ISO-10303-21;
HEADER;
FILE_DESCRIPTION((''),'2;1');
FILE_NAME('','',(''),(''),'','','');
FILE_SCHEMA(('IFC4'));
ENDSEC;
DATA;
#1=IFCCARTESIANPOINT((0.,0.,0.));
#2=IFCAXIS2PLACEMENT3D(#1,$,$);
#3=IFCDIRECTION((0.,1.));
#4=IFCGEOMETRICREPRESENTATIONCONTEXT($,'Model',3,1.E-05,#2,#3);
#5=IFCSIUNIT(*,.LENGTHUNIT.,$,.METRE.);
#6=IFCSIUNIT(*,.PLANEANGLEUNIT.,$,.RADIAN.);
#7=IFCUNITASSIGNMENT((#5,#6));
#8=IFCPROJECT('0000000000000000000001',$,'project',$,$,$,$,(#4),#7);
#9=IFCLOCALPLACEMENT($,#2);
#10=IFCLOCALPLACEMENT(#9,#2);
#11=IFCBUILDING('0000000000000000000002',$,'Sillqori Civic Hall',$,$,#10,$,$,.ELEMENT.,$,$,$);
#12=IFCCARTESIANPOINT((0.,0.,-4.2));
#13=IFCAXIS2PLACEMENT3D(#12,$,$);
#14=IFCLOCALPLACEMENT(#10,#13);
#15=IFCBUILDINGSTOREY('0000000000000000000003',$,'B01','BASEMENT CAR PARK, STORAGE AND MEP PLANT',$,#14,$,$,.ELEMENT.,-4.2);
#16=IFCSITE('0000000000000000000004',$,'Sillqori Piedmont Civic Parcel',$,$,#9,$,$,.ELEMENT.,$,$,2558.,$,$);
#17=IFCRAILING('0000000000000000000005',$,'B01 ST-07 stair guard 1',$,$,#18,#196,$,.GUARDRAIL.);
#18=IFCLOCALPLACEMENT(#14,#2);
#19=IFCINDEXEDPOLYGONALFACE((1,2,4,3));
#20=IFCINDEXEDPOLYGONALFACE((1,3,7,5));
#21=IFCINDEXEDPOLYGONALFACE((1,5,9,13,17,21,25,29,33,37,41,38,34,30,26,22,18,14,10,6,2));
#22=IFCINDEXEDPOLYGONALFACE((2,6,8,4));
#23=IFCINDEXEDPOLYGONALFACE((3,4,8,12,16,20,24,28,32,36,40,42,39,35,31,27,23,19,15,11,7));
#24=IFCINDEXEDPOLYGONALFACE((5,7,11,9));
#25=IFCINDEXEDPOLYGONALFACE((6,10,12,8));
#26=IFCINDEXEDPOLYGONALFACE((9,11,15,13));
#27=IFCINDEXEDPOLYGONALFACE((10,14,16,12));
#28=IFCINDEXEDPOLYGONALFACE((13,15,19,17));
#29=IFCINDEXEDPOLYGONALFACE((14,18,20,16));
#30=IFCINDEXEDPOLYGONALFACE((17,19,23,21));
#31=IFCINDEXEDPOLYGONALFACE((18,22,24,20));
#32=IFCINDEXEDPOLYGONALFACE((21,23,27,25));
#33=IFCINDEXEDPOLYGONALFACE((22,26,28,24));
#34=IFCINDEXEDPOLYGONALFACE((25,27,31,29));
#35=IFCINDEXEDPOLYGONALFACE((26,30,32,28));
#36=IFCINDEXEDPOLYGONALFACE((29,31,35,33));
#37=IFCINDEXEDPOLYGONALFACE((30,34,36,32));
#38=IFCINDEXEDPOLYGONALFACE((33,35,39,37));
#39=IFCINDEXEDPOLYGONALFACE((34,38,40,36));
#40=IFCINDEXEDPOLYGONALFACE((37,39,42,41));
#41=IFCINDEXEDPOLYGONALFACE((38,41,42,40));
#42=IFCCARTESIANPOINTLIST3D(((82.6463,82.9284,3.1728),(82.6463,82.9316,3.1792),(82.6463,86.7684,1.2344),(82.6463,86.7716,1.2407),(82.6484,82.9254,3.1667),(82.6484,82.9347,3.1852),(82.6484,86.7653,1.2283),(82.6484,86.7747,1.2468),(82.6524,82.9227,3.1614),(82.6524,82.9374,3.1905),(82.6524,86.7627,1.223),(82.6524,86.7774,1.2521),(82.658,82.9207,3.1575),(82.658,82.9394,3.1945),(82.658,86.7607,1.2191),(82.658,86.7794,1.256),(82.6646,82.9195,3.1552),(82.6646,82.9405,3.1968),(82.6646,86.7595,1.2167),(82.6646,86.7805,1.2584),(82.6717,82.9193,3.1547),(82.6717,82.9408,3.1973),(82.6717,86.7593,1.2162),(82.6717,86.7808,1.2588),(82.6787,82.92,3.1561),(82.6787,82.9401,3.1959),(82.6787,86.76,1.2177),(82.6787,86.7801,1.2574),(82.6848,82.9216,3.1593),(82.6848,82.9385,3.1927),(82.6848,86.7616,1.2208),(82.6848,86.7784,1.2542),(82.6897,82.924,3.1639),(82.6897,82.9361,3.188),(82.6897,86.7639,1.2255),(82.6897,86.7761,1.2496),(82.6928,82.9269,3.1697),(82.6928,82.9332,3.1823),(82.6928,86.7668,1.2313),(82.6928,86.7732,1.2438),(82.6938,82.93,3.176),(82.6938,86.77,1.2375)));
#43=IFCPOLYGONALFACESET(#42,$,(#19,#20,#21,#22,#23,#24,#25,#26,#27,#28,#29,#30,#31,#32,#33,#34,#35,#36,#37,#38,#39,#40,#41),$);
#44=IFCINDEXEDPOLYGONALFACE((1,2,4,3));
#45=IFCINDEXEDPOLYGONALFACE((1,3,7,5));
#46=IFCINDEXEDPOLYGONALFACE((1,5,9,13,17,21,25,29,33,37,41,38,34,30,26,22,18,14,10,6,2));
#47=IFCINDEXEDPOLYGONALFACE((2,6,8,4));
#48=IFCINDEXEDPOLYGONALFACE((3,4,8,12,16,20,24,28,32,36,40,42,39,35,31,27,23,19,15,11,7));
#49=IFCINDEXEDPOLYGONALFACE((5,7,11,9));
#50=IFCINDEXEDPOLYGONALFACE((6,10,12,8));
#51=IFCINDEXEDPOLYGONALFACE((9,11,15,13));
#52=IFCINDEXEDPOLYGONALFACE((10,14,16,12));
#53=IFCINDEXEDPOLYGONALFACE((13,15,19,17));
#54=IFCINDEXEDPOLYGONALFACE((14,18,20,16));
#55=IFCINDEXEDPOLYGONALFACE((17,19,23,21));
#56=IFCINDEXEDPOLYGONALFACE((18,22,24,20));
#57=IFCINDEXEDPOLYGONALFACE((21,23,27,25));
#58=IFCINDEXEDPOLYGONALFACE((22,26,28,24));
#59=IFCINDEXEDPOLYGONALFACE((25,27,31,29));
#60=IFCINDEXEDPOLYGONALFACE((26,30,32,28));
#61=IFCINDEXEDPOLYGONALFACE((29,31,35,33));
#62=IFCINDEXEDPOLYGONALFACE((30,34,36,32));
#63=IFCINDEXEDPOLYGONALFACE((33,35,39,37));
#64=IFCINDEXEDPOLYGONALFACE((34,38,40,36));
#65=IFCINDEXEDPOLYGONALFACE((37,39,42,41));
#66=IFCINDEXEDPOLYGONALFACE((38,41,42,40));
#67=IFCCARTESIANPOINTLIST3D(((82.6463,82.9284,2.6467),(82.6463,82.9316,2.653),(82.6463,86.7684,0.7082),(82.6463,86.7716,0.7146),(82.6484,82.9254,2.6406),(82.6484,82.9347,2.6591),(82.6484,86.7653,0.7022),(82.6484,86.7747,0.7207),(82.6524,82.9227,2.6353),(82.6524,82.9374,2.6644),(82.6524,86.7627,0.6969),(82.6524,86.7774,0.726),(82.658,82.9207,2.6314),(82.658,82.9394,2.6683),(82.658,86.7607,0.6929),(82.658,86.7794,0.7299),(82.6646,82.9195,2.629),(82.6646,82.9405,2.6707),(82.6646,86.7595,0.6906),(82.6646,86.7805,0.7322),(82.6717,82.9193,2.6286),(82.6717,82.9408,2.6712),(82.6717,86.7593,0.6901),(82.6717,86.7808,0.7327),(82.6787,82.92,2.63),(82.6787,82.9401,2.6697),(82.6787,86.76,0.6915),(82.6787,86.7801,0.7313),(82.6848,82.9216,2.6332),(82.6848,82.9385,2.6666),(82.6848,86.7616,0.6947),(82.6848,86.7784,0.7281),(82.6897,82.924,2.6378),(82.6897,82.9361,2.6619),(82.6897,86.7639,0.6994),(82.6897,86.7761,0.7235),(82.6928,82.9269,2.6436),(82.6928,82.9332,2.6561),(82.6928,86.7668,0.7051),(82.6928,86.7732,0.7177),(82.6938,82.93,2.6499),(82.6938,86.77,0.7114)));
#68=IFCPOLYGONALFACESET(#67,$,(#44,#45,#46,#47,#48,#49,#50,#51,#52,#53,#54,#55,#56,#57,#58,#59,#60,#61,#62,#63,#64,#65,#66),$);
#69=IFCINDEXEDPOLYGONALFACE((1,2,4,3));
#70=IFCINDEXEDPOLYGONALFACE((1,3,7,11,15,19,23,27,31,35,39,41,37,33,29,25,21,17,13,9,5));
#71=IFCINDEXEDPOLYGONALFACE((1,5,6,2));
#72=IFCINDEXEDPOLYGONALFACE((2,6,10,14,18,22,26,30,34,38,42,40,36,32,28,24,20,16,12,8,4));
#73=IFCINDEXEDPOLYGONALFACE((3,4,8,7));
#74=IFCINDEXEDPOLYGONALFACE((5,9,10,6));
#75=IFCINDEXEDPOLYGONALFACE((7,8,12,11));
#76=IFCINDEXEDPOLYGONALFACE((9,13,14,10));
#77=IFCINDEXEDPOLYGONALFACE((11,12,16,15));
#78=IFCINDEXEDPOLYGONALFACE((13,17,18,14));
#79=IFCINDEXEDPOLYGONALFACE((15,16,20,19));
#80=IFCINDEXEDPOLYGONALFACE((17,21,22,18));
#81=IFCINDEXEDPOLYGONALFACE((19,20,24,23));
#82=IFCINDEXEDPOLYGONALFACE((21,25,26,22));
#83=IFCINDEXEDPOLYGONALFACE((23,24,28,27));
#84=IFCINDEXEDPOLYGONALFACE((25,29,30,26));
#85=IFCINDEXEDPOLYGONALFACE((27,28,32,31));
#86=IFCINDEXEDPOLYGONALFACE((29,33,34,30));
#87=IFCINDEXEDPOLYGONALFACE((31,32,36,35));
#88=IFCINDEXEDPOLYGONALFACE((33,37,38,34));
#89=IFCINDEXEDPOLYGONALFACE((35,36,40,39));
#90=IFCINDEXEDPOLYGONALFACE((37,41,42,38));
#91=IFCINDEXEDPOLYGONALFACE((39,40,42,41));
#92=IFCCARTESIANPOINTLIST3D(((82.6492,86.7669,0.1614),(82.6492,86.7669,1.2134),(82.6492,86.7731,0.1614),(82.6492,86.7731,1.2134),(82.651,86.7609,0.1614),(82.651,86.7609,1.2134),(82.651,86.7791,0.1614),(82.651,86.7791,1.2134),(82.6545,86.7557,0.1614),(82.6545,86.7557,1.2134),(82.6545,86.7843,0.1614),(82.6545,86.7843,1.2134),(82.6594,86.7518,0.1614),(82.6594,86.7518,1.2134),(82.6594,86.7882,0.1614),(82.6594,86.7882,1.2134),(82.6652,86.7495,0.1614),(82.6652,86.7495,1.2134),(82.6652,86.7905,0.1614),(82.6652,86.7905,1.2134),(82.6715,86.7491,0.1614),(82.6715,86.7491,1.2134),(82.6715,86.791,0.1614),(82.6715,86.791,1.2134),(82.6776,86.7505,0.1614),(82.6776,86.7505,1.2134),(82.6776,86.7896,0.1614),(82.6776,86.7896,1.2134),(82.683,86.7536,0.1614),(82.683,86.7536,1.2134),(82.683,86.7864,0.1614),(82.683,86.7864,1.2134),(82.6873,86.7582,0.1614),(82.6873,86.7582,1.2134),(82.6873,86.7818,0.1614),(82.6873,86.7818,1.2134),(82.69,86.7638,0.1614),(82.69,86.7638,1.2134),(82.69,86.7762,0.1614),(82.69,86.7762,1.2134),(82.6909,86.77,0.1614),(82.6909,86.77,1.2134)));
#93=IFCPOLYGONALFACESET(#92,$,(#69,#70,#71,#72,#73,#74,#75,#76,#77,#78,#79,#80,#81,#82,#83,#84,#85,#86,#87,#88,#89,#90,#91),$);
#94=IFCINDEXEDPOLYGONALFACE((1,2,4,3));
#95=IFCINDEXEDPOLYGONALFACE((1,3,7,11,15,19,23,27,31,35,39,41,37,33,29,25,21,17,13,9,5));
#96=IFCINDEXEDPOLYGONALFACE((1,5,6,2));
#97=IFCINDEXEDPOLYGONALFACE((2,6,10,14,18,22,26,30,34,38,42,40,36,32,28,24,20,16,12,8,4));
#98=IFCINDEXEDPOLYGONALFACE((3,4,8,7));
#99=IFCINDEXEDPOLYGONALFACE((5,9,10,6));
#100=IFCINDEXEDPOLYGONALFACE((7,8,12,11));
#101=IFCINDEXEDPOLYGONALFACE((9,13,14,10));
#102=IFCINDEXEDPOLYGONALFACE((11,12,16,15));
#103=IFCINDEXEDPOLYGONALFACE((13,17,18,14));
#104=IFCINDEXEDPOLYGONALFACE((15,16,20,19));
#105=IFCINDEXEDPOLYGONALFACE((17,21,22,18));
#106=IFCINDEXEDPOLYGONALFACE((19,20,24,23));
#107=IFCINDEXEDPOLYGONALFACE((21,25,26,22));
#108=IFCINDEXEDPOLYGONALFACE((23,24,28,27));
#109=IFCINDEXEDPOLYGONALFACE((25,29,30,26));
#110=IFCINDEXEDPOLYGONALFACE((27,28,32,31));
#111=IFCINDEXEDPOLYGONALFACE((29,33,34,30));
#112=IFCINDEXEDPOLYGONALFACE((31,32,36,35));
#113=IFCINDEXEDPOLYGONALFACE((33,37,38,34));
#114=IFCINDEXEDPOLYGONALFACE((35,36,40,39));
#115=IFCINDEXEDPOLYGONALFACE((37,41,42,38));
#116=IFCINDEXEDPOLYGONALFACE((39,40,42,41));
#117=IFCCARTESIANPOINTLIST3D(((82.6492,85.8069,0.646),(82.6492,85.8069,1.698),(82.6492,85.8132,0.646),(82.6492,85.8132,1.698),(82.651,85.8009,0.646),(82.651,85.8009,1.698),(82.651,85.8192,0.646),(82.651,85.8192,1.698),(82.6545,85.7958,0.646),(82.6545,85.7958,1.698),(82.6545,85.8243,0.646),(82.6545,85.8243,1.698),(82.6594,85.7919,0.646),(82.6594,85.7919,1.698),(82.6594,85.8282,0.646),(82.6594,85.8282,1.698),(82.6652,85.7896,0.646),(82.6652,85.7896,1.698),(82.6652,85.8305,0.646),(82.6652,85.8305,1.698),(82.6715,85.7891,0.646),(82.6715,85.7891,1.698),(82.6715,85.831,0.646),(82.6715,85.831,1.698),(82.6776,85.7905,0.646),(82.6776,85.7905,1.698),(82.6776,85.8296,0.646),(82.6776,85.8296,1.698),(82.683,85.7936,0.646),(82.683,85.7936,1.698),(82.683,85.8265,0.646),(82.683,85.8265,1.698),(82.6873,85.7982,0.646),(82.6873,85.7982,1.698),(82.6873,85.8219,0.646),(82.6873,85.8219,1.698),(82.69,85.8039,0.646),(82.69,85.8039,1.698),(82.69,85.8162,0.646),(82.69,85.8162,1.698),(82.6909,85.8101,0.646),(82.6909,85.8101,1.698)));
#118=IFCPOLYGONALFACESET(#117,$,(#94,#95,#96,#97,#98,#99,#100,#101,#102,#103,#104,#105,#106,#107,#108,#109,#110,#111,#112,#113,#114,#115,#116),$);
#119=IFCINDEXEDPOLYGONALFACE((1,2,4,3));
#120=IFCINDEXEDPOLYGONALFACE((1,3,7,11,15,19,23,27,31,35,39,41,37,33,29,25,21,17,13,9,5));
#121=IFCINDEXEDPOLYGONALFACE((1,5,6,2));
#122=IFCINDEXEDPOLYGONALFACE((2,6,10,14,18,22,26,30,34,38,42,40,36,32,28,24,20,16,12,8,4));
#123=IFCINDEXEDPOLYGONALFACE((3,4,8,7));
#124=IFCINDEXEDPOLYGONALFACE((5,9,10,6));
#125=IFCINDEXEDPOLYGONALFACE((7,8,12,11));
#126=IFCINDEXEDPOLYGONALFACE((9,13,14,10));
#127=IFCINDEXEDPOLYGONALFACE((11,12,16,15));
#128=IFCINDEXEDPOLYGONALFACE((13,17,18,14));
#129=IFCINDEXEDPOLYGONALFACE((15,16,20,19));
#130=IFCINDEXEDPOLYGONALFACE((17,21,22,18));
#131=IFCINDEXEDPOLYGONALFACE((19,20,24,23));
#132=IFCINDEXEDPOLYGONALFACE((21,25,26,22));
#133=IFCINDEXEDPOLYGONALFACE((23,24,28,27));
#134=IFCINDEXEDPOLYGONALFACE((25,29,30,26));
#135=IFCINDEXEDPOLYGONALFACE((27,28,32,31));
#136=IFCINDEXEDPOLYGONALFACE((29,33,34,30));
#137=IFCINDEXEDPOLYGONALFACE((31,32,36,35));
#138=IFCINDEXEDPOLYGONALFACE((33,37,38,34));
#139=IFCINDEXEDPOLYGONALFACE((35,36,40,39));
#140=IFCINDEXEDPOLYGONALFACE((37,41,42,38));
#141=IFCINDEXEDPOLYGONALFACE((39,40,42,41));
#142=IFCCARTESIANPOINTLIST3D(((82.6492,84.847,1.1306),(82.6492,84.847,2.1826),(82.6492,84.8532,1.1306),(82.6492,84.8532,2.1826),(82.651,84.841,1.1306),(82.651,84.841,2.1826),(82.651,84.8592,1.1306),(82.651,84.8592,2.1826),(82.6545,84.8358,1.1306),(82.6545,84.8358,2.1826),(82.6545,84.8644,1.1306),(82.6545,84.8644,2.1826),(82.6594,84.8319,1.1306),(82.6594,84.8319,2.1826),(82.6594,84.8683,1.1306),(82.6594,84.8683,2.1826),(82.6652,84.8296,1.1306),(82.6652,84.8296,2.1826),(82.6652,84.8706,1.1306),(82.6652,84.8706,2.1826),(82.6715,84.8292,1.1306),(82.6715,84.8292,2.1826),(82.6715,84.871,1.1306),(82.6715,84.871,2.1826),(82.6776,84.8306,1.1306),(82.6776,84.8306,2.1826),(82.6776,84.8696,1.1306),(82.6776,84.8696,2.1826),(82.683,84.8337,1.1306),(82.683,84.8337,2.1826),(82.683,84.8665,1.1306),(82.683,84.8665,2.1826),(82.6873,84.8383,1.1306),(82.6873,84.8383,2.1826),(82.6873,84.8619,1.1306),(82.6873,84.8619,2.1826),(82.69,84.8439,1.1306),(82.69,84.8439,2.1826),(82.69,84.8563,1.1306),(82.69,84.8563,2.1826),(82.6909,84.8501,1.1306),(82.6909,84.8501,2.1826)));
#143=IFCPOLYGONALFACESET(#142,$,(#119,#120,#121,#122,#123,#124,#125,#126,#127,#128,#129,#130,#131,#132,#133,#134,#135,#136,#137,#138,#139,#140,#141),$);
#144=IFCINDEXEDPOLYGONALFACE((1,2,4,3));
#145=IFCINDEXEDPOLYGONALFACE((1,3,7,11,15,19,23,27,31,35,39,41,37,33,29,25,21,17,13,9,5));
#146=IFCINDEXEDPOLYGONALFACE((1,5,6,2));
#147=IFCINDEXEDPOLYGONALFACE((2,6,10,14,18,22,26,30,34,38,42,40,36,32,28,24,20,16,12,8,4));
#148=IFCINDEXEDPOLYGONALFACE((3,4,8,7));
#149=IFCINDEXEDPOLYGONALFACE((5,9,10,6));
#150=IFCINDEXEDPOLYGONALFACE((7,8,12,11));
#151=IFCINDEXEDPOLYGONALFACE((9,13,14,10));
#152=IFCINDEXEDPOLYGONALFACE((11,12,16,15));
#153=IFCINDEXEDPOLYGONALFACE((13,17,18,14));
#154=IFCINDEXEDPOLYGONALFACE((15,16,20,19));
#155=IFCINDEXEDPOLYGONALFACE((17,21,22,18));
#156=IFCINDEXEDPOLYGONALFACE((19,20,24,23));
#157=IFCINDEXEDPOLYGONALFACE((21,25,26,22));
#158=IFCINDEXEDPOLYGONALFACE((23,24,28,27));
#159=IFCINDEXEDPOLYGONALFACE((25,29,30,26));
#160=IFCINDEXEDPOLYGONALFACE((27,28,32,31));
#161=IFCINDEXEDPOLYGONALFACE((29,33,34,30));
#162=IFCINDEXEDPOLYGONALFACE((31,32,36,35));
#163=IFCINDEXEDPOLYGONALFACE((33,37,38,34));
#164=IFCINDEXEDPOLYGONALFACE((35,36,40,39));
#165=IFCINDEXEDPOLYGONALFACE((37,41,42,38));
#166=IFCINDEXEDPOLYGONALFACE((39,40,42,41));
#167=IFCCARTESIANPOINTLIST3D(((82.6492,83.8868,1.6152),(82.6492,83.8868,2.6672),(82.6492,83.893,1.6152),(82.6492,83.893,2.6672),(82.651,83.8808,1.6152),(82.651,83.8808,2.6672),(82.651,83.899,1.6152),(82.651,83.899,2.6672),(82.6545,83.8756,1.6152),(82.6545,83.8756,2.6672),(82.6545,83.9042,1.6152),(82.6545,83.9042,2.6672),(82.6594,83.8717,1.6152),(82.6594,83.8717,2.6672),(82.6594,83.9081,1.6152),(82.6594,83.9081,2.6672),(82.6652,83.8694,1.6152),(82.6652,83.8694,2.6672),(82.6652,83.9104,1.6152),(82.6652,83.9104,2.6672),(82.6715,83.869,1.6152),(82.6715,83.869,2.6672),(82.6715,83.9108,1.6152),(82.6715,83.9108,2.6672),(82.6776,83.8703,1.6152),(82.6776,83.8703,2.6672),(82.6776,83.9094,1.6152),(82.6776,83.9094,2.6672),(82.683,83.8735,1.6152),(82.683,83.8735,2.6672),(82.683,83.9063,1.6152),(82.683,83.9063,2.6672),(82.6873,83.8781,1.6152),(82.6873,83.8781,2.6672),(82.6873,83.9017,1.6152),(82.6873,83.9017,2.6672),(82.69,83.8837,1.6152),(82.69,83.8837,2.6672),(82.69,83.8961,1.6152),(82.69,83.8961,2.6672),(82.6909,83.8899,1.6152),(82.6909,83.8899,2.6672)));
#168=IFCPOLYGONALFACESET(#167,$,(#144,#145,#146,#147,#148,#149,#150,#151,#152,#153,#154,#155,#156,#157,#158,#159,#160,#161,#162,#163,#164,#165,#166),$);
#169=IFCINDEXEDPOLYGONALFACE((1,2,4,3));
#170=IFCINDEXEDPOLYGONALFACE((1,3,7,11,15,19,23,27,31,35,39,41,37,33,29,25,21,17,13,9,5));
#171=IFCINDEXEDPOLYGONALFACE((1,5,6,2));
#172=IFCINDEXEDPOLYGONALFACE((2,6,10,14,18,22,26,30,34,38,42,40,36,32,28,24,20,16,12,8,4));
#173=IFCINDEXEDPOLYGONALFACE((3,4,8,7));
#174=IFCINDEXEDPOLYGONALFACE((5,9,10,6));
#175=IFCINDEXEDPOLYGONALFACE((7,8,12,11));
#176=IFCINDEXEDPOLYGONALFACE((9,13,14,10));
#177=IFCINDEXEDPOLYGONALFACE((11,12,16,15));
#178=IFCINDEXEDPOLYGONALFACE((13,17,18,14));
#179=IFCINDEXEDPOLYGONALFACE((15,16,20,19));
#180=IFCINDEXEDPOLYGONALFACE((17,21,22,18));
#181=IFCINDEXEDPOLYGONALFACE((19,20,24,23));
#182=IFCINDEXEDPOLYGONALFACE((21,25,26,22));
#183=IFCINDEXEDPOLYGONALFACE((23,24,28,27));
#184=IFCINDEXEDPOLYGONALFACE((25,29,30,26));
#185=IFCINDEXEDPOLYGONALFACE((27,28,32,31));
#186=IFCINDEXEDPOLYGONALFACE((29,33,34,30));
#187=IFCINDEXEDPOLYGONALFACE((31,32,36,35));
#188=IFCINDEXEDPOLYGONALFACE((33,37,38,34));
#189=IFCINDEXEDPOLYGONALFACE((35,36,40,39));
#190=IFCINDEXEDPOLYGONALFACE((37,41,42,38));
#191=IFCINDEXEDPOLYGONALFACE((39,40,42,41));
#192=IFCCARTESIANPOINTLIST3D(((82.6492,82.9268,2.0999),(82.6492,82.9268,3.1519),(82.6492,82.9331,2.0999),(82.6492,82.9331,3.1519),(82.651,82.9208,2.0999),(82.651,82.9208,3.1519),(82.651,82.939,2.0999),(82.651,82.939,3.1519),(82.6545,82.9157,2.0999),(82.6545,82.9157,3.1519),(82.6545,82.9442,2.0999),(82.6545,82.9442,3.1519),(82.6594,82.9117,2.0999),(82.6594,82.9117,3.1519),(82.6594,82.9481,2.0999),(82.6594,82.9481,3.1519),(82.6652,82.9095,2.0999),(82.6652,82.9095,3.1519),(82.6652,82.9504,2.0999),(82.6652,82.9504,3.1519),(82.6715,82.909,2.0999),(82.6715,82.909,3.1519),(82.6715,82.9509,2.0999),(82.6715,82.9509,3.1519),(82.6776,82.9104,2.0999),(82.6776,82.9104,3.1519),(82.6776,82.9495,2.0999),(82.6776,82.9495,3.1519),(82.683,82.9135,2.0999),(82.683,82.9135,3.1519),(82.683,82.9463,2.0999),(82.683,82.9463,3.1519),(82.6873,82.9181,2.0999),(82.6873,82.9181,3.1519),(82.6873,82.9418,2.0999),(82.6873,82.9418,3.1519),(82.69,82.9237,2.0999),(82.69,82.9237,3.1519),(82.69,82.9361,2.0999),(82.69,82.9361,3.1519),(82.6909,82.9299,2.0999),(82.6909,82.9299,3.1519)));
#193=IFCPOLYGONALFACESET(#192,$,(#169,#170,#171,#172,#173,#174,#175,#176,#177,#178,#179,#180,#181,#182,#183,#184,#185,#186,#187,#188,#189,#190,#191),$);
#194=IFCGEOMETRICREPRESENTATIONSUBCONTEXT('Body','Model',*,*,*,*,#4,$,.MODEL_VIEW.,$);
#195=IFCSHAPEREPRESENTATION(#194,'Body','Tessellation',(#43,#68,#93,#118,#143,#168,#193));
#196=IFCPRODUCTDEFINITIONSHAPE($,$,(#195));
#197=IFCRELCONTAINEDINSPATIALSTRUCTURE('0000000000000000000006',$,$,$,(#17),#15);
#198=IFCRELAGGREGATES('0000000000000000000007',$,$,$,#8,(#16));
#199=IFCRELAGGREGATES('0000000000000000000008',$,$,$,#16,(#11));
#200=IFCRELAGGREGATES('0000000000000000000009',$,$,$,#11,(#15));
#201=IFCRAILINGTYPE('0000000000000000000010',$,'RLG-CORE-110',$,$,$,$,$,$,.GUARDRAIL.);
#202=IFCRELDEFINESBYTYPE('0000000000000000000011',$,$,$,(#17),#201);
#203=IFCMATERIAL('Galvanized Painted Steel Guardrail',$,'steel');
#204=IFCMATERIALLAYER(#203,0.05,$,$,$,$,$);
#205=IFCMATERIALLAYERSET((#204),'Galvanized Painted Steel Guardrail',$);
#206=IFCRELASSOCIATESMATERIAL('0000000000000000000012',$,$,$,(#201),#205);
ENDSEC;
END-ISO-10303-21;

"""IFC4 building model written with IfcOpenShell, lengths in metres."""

from ifc_helpers import new_model, si_unit, direction, frame, origin, origin_2d, place, context, subcontext, project, spatial, circle, extrude, material, layer, layer_set, type_object, element, save


model = new_model("IFC4")

# Units and contexts
model_context = context("Model", 3, precision=1e-05, world=origin(), true_north=direction((0.0, 1.0)))
body_context = subcontext(model_context, "Body", "Model", "MODEL_VIEW")
ifc_project = project(units=[si_unit("LENGTHUNIT", "METRE"), si_unit("PLANEANGLEUNIT", "RADIAN")], contexts=[model_context])

# Site, building, storey
site_placement = place(None, origin())
site = spatial("IfcSite", under=ifc_project, at=site_placement, Name="Sillqori Piedmont Civic Parcel", CompositionType="ELEMENT", RefElevation=2558.0)
building_placement = place(site_placement, origin())
building = spatial("IfcBuilding", under=site, at=building_placement, Name="Sillqori Civic Hall", CompositionType="ELEMENT")
storey_placement = place(building_placement, frame((0.0, 0.0, -4.2)))
storey = spatial("IfcBuildingStorey", under=building, at=storey_placement, Name="B01", Description="BASEMENT CAR PARK, STORAGE AND MEP PLANT", CompositionType="ELEMENT", Elevation=-4.2)

# Railing
ifc_material_1 = material(Name="Galvanized Painted Steel Guardrail", Category="steel")
ifc_layer_1 = layer(ifc_material_1, 0.05)
ifc_layer_set_1 = layer_set([ifc_layer_1], Name="Galvanized Painted Steel Guardrail")
railing_type_1 = type_object("IfcRailingType", Name="RLG-CORE-110", PredefinedType="GUARDRAIL", material=ifc_layer_set_1)
railing_1_placement = place(storey_placement, frame((82.6699, 86.77, 0.1614)))
element("IfcRailing", 1, at=railing_1_placement, inside=storey, type_object=railing_type_1, Name="B01 ST-07 stair guard 1", PredefinedType="GUARDRAIL", context=body_context, shape_type="SweptSolid", body=[
    extrude(circle(Radius=0.0239, at=origin_2d()), frame((0.0, 0.0, 1.0762), z_axis=(0.0, -0.892707, 0.450638), x_axis=(1.0, 0.0, 0.0)), (0.0, 0.0, 1.0), 4.3015),
    extrude(circle(Radius=0.0239, at=origin_2d()), frame((0.0, 0.0, 0.55), z_axis=(0.0, -0.892707, 0.450638), x_axis=(1.0, 0.0, 0.0)), (0.0, 0.0, 1.0), 4.3015),
    extrude(circle(Radius=0.021, at=origin_2d()), origin(), (0.0, 0.0, 1.0), 1.052),
    extrude(circle(Radius=0.021, at=origin_2d()), frame((0.0, -0.96, 0.4846)), (0.0, 0.0, 1.0), 1.052),
    extrude(circle(Radius=0.021, at=origin_2d()), frame((0.0, -1.9199, 0.9692)), (0.0, 0.0, 1.0), 1.052),
    extrude(circle(Radius=0.021, at=origin_2d()), frame((0.0, -2.8801, 1.4539)), (0.0, 0.0, 1.0), 1.052),
    extrude(circle(Radius=0.021, at=origin_2d()), frame((0.0, -3.8401, 1.9385)), (0.0, 0.0, 1.0), 1.052),
])

save(model, "model.ifc")
